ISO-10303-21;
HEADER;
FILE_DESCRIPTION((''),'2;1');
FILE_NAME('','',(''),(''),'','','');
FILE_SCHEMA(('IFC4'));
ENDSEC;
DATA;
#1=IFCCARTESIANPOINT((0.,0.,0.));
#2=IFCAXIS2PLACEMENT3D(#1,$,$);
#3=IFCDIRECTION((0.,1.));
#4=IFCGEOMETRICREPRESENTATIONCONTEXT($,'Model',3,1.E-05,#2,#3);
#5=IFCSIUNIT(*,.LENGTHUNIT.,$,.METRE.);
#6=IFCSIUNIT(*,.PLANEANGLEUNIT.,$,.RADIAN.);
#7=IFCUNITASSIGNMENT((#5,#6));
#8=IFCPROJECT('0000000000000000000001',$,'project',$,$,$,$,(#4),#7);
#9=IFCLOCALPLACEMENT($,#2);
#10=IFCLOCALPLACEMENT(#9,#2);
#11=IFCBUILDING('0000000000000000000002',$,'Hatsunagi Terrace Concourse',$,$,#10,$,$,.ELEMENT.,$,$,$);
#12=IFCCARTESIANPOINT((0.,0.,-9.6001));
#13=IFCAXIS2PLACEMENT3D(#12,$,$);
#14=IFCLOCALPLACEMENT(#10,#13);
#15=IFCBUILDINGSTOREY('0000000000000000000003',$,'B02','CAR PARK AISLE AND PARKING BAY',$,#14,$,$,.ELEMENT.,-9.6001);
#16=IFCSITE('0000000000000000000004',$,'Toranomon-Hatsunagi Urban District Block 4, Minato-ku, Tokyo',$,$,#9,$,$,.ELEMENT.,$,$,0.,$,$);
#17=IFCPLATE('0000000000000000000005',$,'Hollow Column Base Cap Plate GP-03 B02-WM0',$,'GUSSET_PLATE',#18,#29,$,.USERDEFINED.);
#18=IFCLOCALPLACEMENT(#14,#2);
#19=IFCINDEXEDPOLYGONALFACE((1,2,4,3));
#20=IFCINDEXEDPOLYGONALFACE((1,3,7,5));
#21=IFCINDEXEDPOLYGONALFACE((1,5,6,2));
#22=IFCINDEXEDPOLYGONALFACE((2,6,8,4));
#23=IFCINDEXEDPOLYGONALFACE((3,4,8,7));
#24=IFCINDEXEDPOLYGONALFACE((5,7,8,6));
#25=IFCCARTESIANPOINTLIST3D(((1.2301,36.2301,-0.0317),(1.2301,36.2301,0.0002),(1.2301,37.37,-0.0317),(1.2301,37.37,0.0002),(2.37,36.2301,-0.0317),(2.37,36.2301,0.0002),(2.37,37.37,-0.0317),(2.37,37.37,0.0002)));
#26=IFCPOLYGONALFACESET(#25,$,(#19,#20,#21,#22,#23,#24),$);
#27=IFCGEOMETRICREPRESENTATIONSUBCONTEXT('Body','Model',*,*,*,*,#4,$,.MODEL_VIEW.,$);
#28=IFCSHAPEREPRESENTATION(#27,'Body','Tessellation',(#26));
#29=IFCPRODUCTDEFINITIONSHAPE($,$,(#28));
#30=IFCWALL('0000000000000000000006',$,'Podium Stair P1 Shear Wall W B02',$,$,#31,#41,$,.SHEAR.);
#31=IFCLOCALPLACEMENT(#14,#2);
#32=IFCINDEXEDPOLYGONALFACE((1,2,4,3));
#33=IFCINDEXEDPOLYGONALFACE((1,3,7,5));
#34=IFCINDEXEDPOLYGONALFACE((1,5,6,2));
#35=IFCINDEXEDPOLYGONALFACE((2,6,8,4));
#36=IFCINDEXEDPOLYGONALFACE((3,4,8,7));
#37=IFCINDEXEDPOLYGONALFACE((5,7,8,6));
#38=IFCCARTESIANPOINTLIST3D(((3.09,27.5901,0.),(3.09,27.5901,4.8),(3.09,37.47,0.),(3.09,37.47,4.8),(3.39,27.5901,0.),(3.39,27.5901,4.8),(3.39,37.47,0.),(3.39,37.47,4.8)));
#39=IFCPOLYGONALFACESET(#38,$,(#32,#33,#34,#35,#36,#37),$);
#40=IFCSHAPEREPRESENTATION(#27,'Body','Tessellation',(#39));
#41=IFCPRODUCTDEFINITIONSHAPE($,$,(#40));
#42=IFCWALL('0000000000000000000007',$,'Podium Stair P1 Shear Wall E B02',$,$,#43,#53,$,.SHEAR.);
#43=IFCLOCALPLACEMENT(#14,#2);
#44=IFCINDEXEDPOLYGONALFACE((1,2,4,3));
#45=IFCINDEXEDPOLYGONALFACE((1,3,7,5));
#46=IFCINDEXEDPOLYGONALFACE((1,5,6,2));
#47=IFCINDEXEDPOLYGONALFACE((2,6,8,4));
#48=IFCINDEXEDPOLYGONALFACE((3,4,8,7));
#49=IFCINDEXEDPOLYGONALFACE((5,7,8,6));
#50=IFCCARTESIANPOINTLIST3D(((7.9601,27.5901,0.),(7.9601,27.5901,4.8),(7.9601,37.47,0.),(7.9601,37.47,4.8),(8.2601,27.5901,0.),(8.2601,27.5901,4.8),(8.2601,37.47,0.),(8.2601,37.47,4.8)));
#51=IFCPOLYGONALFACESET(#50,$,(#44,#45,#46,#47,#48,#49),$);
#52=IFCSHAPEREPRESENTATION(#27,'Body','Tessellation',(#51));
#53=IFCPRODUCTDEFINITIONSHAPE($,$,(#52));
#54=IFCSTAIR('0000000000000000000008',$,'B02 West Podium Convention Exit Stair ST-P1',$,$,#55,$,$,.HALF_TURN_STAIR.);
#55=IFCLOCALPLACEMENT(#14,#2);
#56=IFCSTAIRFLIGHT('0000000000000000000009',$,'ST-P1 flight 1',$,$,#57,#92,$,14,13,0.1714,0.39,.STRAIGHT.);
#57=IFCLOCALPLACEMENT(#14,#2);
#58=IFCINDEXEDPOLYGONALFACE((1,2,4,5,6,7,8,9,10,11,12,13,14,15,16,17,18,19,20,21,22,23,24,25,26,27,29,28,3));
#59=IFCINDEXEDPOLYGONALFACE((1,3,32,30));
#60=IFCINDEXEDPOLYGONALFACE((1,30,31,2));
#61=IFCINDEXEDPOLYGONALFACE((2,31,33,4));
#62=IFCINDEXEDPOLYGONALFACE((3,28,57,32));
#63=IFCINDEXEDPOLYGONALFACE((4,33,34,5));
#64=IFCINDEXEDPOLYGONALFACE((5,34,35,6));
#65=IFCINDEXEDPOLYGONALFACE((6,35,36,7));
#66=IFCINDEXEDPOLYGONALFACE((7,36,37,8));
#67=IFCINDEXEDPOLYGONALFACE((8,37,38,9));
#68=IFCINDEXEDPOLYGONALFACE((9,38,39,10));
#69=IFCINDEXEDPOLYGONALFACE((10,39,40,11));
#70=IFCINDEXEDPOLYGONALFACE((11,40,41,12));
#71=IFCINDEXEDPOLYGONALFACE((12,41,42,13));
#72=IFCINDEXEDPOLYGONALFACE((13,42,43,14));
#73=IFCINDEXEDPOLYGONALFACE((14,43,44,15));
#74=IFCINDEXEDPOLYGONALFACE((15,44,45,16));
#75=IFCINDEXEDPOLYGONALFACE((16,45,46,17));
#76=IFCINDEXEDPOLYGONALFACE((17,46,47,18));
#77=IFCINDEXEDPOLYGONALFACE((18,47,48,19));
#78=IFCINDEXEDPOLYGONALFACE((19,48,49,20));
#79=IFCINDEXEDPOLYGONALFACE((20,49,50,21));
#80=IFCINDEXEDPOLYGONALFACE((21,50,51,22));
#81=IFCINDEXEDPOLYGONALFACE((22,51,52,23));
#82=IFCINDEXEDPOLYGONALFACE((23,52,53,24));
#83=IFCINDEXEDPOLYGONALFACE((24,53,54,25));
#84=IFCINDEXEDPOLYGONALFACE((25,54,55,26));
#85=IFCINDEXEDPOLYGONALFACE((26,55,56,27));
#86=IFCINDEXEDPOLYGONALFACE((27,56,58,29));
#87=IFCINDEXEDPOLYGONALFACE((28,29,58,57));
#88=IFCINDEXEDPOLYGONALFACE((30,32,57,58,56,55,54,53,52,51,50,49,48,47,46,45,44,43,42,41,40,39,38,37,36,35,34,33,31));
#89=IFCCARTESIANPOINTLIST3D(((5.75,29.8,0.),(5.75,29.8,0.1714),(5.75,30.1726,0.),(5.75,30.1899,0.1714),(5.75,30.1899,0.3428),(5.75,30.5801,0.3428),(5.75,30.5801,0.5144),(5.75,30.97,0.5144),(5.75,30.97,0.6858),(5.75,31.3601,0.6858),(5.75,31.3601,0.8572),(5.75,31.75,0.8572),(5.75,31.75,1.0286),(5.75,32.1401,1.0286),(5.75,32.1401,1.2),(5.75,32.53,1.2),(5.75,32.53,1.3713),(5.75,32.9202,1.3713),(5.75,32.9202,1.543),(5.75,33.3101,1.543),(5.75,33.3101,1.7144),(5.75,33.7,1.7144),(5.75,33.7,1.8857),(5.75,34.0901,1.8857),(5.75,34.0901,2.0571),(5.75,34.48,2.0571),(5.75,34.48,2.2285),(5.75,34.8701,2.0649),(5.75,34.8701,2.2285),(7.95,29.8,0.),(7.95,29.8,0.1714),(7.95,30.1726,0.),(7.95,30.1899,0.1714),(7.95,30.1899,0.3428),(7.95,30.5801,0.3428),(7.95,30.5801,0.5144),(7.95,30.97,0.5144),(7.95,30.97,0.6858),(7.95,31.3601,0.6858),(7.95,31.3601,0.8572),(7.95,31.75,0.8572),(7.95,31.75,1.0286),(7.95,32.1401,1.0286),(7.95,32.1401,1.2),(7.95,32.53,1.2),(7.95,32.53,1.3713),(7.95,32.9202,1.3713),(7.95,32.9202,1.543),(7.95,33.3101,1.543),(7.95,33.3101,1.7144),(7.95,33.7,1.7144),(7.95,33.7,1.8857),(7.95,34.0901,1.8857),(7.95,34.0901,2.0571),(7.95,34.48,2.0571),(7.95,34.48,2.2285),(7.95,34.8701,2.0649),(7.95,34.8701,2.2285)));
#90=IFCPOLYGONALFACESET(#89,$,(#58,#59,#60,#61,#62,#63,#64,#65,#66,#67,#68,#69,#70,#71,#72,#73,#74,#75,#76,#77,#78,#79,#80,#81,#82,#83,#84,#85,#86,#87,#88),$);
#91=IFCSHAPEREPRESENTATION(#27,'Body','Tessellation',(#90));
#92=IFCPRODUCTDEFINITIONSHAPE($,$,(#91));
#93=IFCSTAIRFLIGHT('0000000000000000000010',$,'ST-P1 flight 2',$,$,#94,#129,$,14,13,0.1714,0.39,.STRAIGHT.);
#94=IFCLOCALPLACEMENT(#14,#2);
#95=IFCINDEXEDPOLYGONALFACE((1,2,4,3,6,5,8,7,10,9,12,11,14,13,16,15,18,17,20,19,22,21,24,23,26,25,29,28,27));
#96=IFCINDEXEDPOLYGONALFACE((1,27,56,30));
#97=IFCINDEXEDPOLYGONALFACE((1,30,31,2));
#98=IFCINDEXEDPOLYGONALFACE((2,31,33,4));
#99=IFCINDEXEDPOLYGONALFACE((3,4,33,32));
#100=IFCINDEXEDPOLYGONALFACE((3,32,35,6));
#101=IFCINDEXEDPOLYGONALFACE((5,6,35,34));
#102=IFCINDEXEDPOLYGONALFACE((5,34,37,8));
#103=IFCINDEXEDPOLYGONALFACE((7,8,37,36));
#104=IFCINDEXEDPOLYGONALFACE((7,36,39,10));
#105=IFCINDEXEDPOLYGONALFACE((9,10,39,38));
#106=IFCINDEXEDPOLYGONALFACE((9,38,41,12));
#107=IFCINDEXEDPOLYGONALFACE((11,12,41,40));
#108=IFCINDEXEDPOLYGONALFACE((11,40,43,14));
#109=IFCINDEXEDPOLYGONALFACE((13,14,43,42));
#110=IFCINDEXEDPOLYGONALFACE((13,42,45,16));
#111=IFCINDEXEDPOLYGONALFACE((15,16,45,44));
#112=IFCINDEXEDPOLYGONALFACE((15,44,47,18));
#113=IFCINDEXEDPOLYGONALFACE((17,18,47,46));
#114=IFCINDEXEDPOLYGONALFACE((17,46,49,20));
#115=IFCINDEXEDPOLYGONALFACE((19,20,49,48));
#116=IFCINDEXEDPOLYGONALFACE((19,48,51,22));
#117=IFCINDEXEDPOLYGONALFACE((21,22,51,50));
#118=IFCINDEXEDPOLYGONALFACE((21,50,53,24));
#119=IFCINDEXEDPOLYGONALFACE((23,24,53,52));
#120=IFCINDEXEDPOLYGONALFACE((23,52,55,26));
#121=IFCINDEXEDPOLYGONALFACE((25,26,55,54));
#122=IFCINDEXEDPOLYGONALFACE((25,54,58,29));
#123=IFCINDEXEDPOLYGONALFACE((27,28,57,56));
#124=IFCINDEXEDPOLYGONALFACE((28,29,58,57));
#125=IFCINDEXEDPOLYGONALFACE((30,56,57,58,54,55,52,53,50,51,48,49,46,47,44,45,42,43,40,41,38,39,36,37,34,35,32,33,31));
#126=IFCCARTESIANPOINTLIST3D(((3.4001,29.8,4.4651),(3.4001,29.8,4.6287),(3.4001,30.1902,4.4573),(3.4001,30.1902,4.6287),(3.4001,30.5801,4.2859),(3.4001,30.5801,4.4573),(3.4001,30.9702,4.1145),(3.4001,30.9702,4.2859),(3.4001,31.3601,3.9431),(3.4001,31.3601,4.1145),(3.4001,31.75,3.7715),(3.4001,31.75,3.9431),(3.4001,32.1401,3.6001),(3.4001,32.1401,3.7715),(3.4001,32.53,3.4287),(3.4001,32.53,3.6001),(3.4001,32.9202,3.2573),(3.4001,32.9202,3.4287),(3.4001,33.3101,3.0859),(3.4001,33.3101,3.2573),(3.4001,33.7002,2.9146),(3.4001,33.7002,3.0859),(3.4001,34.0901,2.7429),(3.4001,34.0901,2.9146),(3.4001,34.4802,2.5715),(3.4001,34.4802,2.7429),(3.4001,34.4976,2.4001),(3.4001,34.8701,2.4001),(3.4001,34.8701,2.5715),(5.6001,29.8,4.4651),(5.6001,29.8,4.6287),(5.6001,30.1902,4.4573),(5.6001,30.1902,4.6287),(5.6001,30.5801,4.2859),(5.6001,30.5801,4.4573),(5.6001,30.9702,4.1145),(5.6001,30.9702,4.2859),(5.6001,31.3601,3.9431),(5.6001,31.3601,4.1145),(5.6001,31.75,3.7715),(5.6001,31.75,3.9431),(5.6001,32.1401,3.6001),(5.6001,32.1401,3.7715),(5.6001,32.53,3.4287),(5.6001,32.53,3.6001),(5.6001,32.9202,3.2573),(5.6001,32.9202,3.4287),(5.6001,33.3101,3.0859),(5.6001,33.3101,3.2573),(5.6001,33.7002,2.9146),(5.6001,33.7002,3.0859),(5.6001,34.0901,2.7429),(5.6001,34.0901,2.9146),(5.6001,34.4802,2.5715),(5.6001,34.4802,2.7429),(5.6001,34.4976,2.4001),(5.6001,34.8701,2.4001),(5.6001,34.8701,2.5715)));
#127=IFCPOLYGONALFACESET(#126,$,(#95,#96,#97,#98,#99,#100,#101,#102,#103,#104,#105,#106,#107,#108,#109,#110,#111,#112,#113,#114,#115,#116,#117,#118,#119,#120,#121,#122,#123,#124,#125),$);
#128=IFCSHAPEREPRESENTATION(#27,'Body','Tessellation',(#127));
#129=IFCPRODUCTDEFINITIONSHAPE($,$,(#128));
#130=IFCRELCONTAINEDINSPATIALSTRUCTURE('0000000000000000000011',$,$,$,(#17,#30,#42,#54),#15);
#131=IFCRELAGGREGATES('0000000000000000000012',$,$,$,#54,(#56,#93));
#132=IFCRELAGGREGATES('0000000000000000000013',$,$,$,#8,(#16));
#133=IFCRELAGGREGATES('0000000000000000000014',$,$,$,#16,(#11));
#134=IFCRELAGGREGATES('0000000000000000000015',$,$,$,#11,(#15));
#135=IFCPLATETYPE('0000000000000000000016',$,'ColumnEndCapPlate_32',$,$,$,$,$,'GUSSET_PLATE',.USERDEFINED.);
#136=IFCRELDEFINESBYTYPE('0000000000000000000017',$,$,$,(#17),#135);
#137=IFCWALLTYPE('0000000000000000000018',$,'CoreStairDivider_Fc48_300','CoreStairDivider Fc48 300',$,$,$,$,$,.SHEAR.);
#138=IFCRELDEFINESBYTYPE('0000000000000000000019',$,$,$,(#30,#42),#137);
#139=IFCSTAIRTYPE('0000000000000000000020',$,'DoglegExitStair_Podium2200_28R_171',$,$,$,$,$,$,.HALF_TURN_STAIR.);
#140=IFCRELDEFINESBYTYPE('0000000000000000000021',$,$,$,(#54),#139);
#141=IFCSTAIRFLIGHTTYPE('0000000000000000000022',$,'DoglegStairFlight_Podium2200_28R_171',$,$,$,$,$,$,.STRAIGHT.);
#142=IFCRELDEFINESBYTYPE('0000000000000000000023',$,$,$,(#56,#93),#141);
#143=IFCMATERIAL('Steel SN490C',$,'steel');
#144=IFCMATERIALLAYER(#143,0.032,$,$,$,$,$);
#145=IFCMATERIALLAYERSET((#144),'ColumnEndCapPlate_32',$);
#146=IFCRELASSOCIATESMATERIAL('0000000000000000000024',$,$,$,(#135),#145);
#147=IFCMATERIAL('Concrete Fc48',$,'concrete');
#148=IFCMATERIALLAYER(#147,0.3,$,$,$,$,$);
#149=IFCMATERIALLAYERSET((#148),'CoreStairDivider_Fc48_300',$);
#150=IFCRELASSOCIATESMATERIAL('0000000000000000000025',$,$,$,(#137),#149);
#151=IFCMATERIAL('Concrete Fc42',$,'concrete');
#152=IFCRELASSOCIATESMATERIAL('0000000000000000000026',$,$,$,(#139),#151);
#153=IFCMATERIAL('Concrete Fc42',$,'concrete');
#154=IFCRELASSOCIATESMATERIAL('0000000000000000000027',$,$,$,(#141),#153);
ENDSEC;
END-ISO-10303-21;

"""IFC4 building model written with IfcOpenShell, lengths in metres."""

from ifc_helpers import new_model, si_unit, direction, frame, frame_2d, origin, origin_2d, place, context, subcontext, project, spatial, polyline, rectangle, outline, extrude, material, layer, layer_set, type_object, element, aggregate, save


model = new_model("IFC4")

# Units and contexts
model_context = context("Model", 3, precision=1e-05, world=origin(), true_north=direction((0.0, 1.0)))
body_context = subcontext(model_context, "Body", "Model", "MODEL_VIEW")
ifc_project = project(units=[si_unit("LENGTHUNIT", "METRE"), si_unit("PLANEANGLEUNIT", "RADIAN")], contexts=[model_context])

# Site, building, storey
site_placement = place(None, origin())
site = spatial("IfcSite", under=ifc_project, at=site_placement, Name="Toranomon-Hatsunagi Urban District Block 4, Minato-ku, Tokyo", CompositionType="ELEMENT", RefElevation=0.0)
building_placement = place(site_placement, origin())
building = spatial("IfcBuilding", under=site, at=building_placement, Name="Hatsunagi Terrace Concourse", CompositionType="ELEMENT")
storey_placement = place(building_placement, frame((0.0, 0.0, -9.6001)))
storey = spatial("IfcBuildingStorey", under=building, at=storey_placement, Name="B02", Description="CAR PARK AISLE AND PARKING BAY", CompositionType="ELEMENT", Elevation=-9.6001)

# Plate
ifc_material_1 = material(Name="Steel SN490C", Category="steel")
ifc_layer_1 = layer(ifc_material_1, 0.032)
ifc_layer_set_1 = layer_set([ifc_layer_1], Name="ColumnEndCapPlate_32")
plate_type = type_object("IfcPlateType", Name="ColumnEndCapPlate_32", ElementType="GUSSET_PLATE", PredefinedType="USERDEFINED", material=ifc_layer_set_1)
plate_placement = place(storey_placement, frame((1.8, 36.8, -0.0317), z_axis=(0.0, 0.0, 1.0), x_axis=(1.0, 0.0, 0.0)))
element("IfcPlate", 1, at=plate_placement, inside=storey, type_object=plate_type, Name="Hollow Column Base Cap Plate GP-03 B02-WM0", ObjectType="GUSSET_PLATE", PredefinedType="USERDEFINED", context=body_context, shape_type="SweptSolid", body=[
    extrude(rectangle(XDim=1.1399, YDim=1.1399, at=origin_2d()), origin(), (0.0, 0.0, 1.0), 0.032),
])

# Walls
ifc_material_2 = material(Name="Concrete Fc48", Category="concrete")
ifc_layer_2 = layer(ifc_material_2, 0.3)
ifc_layer_set_2 = layer_set([ifc_layer_2], Name="CoreStairDivider_Fc48_300")
wall_type = type_object("IfcWallType", Name="CoreStairDivider_Fc48_300", Description="CoreStairDivider Fc48 300", PredefinedType="SHEAR", material=ifc_layer_set_2)
for number, where, z_axis, x_axis, name in (
    (2, (3.24, 27.5901, 0.0), (0.0, 0.0, 1.0), (0.0, 1.0, 0.0), "Podium Stair P1 Shear Wall W B02"),
    (3, (8.1101, 27.5901, 0.0), (0.0, 0.0, 1.0), (0.0, 1.0, 0.0), "Podium Stair P1 Shear Wall E B02"),
):
    element("IfcWall", number, at=place(storey_placement, frame(where, z_axis=z_axis, x_axis=x_axis)), inside=storey, type_object=wall_type, Name=name, PredefinedType="SHEAR", context=body_context, shape_type="SweptSolid", body=[
        extrude(rectangle(XDim=9.8799, YDim=0.3, at=frame_2d((4.9399, 0.0))), origin(), (0.0, 0.0, 1.0), 4.8),
    ])

# Stair, stair flights
ifc_material_3 = material(Name="Concrete Fc42", Category="concrete")
stair_type = type_object("IfcStairType", Name="DoglegExitStair_Podium2200_28R_171", PredefinedType="HALF_TURN_STAIR", material=ifc_material_3)
stair_placement = place(storey_placement, origin())
stair = element("IfcStair", 4, at=stair_placement, inside=storey, type_object=stair_type, Name="B02 West Podium Convention Exit Stair ST-P1", PredefinedType="HALF_TURN_STAIR")
ifc_material_4 = material(Name="Concrete Fc42", Category="concrete")
stair_flight_type = type_object("IfcStairFlightType", Name="DoglegStairFlight_Podium2200_28R_171", PredefinedType="STRAIGHT", material=ifc_material_4)
stair_flight_1_placement = place(storey_placement, frame((6.8501, 29.8, 0.0), z_axis=(0.0, 0.0, 1.0), x_axis=(0.0, 1.0, 0.0)))
stair_flight_1 = element("IfcStairFlight", 5, at=stair_flight_1_placement, type_object=stair_flight_type, Name="ST-P1 flight 1", NumberOfRisers=14, NumberOfTreads=13, PredefinedType="STRAIGHT", RiserHeight=0.1714, TreadLength=0.39, context=body_context, shape_type="SweptSolid", body=[
    extrude(outline(polyline([(0.0, 0.0), (0.0, 0.1714), (0.3899, 0.1714), (0.3899, 0.3428), (0.78, 0.3428), (0.78, 0.5144), (1.1699, 0.5144), (1.1699, 0.6858), (1.5601, 0.6858), (1.5601, 0.8572), (1.95, 0.8572), (1.95, 1.0286), (2.3401, 1.0286), (2.3401, 1.2), (2.73, 1.2), (2.73, 1.3713), (3.1201, 1.3713), (3.1201, 1.543), (3.51, 1.543), (3.51, 1.7144), (3.8999, 1.7144), (3.8999, 1.8857), (4.29, 1.8857), (4.29, 2.0571), (4.6799, 2.0571), (4.6799, 2.2285), (5.0701, 2.2285), (5.0701, 2.3999), (5.0701, 2.0649), (0.3726, 0.0), (0.0, 0.0)])), frame((0.0, 1.1001, 0.0), z_axis=(0.0, -1.0, 0.0), x_axis=(1.0, 0.0, 0.0)), (0.0, 0.0, 1.0), 2.2),
])
stair_flight_2_placement = place(storey_placement, frame((4.5, 34.8701, 2.4001), z_axis=(0.0, 0.0, 1.0), x_axis=(0.0, -1.0, 0.0)))
stair_flight_2 = element("IfcStairFlight", 6, at=stair_flight_2_placement, type_object=stair_flight_type, Name="ST-P1 flight 2", NumberOfRisers=14, NumberOfTreads=13, PredefinedType="STRAIGHT", RiserHeight=0.1714, TreadLength=0.39, context=body_context, shape_type="SweptSolid", body=[
    extrude(outline(polyline([(0.0, 0.0), (0.0, 0.1714), (0.3899, 0.1714), (0.3899, 0.3428), (0.78, 0.3428), (0.78, 0.5144), (1.1699, 0.5144), (1.1699, 0.6858), (1.5601, 0.6858), (1.5601, 0.8572), (1.95, 0.8572), (1.95, 1.0286), (2.3401, 1.0286), (2.3401, 1.2), (2.73, 1.2), (2.73, 1.3713), (3.1201, 1.3713), (3.1201, 1.543), (3.51, 1.543), (3.51, 1.7144), (3.8999, 1.7144), (3.8999, 1.8857), (4.29, 1.8857), (4.29, 2.0571), (4.6799, 2.0571), (4.6799, 2.2285), (5.0701, 2.2285), (5.0701, 2.3999), (5.0701, 2.0649), (0.3726, 0.0), (0.0, 0.0)])), frame((0.0, 1.1001, 0.0), z_axis=(0.0, -1.0, 0.0), x_axis=(1.0, 0.0, 0.0)), (0.0, 0.0, 1.0), 2.2),
])
aggregate(stair, [stair_flight_1, stair_flight_2])

save(model, "model.ifc")
